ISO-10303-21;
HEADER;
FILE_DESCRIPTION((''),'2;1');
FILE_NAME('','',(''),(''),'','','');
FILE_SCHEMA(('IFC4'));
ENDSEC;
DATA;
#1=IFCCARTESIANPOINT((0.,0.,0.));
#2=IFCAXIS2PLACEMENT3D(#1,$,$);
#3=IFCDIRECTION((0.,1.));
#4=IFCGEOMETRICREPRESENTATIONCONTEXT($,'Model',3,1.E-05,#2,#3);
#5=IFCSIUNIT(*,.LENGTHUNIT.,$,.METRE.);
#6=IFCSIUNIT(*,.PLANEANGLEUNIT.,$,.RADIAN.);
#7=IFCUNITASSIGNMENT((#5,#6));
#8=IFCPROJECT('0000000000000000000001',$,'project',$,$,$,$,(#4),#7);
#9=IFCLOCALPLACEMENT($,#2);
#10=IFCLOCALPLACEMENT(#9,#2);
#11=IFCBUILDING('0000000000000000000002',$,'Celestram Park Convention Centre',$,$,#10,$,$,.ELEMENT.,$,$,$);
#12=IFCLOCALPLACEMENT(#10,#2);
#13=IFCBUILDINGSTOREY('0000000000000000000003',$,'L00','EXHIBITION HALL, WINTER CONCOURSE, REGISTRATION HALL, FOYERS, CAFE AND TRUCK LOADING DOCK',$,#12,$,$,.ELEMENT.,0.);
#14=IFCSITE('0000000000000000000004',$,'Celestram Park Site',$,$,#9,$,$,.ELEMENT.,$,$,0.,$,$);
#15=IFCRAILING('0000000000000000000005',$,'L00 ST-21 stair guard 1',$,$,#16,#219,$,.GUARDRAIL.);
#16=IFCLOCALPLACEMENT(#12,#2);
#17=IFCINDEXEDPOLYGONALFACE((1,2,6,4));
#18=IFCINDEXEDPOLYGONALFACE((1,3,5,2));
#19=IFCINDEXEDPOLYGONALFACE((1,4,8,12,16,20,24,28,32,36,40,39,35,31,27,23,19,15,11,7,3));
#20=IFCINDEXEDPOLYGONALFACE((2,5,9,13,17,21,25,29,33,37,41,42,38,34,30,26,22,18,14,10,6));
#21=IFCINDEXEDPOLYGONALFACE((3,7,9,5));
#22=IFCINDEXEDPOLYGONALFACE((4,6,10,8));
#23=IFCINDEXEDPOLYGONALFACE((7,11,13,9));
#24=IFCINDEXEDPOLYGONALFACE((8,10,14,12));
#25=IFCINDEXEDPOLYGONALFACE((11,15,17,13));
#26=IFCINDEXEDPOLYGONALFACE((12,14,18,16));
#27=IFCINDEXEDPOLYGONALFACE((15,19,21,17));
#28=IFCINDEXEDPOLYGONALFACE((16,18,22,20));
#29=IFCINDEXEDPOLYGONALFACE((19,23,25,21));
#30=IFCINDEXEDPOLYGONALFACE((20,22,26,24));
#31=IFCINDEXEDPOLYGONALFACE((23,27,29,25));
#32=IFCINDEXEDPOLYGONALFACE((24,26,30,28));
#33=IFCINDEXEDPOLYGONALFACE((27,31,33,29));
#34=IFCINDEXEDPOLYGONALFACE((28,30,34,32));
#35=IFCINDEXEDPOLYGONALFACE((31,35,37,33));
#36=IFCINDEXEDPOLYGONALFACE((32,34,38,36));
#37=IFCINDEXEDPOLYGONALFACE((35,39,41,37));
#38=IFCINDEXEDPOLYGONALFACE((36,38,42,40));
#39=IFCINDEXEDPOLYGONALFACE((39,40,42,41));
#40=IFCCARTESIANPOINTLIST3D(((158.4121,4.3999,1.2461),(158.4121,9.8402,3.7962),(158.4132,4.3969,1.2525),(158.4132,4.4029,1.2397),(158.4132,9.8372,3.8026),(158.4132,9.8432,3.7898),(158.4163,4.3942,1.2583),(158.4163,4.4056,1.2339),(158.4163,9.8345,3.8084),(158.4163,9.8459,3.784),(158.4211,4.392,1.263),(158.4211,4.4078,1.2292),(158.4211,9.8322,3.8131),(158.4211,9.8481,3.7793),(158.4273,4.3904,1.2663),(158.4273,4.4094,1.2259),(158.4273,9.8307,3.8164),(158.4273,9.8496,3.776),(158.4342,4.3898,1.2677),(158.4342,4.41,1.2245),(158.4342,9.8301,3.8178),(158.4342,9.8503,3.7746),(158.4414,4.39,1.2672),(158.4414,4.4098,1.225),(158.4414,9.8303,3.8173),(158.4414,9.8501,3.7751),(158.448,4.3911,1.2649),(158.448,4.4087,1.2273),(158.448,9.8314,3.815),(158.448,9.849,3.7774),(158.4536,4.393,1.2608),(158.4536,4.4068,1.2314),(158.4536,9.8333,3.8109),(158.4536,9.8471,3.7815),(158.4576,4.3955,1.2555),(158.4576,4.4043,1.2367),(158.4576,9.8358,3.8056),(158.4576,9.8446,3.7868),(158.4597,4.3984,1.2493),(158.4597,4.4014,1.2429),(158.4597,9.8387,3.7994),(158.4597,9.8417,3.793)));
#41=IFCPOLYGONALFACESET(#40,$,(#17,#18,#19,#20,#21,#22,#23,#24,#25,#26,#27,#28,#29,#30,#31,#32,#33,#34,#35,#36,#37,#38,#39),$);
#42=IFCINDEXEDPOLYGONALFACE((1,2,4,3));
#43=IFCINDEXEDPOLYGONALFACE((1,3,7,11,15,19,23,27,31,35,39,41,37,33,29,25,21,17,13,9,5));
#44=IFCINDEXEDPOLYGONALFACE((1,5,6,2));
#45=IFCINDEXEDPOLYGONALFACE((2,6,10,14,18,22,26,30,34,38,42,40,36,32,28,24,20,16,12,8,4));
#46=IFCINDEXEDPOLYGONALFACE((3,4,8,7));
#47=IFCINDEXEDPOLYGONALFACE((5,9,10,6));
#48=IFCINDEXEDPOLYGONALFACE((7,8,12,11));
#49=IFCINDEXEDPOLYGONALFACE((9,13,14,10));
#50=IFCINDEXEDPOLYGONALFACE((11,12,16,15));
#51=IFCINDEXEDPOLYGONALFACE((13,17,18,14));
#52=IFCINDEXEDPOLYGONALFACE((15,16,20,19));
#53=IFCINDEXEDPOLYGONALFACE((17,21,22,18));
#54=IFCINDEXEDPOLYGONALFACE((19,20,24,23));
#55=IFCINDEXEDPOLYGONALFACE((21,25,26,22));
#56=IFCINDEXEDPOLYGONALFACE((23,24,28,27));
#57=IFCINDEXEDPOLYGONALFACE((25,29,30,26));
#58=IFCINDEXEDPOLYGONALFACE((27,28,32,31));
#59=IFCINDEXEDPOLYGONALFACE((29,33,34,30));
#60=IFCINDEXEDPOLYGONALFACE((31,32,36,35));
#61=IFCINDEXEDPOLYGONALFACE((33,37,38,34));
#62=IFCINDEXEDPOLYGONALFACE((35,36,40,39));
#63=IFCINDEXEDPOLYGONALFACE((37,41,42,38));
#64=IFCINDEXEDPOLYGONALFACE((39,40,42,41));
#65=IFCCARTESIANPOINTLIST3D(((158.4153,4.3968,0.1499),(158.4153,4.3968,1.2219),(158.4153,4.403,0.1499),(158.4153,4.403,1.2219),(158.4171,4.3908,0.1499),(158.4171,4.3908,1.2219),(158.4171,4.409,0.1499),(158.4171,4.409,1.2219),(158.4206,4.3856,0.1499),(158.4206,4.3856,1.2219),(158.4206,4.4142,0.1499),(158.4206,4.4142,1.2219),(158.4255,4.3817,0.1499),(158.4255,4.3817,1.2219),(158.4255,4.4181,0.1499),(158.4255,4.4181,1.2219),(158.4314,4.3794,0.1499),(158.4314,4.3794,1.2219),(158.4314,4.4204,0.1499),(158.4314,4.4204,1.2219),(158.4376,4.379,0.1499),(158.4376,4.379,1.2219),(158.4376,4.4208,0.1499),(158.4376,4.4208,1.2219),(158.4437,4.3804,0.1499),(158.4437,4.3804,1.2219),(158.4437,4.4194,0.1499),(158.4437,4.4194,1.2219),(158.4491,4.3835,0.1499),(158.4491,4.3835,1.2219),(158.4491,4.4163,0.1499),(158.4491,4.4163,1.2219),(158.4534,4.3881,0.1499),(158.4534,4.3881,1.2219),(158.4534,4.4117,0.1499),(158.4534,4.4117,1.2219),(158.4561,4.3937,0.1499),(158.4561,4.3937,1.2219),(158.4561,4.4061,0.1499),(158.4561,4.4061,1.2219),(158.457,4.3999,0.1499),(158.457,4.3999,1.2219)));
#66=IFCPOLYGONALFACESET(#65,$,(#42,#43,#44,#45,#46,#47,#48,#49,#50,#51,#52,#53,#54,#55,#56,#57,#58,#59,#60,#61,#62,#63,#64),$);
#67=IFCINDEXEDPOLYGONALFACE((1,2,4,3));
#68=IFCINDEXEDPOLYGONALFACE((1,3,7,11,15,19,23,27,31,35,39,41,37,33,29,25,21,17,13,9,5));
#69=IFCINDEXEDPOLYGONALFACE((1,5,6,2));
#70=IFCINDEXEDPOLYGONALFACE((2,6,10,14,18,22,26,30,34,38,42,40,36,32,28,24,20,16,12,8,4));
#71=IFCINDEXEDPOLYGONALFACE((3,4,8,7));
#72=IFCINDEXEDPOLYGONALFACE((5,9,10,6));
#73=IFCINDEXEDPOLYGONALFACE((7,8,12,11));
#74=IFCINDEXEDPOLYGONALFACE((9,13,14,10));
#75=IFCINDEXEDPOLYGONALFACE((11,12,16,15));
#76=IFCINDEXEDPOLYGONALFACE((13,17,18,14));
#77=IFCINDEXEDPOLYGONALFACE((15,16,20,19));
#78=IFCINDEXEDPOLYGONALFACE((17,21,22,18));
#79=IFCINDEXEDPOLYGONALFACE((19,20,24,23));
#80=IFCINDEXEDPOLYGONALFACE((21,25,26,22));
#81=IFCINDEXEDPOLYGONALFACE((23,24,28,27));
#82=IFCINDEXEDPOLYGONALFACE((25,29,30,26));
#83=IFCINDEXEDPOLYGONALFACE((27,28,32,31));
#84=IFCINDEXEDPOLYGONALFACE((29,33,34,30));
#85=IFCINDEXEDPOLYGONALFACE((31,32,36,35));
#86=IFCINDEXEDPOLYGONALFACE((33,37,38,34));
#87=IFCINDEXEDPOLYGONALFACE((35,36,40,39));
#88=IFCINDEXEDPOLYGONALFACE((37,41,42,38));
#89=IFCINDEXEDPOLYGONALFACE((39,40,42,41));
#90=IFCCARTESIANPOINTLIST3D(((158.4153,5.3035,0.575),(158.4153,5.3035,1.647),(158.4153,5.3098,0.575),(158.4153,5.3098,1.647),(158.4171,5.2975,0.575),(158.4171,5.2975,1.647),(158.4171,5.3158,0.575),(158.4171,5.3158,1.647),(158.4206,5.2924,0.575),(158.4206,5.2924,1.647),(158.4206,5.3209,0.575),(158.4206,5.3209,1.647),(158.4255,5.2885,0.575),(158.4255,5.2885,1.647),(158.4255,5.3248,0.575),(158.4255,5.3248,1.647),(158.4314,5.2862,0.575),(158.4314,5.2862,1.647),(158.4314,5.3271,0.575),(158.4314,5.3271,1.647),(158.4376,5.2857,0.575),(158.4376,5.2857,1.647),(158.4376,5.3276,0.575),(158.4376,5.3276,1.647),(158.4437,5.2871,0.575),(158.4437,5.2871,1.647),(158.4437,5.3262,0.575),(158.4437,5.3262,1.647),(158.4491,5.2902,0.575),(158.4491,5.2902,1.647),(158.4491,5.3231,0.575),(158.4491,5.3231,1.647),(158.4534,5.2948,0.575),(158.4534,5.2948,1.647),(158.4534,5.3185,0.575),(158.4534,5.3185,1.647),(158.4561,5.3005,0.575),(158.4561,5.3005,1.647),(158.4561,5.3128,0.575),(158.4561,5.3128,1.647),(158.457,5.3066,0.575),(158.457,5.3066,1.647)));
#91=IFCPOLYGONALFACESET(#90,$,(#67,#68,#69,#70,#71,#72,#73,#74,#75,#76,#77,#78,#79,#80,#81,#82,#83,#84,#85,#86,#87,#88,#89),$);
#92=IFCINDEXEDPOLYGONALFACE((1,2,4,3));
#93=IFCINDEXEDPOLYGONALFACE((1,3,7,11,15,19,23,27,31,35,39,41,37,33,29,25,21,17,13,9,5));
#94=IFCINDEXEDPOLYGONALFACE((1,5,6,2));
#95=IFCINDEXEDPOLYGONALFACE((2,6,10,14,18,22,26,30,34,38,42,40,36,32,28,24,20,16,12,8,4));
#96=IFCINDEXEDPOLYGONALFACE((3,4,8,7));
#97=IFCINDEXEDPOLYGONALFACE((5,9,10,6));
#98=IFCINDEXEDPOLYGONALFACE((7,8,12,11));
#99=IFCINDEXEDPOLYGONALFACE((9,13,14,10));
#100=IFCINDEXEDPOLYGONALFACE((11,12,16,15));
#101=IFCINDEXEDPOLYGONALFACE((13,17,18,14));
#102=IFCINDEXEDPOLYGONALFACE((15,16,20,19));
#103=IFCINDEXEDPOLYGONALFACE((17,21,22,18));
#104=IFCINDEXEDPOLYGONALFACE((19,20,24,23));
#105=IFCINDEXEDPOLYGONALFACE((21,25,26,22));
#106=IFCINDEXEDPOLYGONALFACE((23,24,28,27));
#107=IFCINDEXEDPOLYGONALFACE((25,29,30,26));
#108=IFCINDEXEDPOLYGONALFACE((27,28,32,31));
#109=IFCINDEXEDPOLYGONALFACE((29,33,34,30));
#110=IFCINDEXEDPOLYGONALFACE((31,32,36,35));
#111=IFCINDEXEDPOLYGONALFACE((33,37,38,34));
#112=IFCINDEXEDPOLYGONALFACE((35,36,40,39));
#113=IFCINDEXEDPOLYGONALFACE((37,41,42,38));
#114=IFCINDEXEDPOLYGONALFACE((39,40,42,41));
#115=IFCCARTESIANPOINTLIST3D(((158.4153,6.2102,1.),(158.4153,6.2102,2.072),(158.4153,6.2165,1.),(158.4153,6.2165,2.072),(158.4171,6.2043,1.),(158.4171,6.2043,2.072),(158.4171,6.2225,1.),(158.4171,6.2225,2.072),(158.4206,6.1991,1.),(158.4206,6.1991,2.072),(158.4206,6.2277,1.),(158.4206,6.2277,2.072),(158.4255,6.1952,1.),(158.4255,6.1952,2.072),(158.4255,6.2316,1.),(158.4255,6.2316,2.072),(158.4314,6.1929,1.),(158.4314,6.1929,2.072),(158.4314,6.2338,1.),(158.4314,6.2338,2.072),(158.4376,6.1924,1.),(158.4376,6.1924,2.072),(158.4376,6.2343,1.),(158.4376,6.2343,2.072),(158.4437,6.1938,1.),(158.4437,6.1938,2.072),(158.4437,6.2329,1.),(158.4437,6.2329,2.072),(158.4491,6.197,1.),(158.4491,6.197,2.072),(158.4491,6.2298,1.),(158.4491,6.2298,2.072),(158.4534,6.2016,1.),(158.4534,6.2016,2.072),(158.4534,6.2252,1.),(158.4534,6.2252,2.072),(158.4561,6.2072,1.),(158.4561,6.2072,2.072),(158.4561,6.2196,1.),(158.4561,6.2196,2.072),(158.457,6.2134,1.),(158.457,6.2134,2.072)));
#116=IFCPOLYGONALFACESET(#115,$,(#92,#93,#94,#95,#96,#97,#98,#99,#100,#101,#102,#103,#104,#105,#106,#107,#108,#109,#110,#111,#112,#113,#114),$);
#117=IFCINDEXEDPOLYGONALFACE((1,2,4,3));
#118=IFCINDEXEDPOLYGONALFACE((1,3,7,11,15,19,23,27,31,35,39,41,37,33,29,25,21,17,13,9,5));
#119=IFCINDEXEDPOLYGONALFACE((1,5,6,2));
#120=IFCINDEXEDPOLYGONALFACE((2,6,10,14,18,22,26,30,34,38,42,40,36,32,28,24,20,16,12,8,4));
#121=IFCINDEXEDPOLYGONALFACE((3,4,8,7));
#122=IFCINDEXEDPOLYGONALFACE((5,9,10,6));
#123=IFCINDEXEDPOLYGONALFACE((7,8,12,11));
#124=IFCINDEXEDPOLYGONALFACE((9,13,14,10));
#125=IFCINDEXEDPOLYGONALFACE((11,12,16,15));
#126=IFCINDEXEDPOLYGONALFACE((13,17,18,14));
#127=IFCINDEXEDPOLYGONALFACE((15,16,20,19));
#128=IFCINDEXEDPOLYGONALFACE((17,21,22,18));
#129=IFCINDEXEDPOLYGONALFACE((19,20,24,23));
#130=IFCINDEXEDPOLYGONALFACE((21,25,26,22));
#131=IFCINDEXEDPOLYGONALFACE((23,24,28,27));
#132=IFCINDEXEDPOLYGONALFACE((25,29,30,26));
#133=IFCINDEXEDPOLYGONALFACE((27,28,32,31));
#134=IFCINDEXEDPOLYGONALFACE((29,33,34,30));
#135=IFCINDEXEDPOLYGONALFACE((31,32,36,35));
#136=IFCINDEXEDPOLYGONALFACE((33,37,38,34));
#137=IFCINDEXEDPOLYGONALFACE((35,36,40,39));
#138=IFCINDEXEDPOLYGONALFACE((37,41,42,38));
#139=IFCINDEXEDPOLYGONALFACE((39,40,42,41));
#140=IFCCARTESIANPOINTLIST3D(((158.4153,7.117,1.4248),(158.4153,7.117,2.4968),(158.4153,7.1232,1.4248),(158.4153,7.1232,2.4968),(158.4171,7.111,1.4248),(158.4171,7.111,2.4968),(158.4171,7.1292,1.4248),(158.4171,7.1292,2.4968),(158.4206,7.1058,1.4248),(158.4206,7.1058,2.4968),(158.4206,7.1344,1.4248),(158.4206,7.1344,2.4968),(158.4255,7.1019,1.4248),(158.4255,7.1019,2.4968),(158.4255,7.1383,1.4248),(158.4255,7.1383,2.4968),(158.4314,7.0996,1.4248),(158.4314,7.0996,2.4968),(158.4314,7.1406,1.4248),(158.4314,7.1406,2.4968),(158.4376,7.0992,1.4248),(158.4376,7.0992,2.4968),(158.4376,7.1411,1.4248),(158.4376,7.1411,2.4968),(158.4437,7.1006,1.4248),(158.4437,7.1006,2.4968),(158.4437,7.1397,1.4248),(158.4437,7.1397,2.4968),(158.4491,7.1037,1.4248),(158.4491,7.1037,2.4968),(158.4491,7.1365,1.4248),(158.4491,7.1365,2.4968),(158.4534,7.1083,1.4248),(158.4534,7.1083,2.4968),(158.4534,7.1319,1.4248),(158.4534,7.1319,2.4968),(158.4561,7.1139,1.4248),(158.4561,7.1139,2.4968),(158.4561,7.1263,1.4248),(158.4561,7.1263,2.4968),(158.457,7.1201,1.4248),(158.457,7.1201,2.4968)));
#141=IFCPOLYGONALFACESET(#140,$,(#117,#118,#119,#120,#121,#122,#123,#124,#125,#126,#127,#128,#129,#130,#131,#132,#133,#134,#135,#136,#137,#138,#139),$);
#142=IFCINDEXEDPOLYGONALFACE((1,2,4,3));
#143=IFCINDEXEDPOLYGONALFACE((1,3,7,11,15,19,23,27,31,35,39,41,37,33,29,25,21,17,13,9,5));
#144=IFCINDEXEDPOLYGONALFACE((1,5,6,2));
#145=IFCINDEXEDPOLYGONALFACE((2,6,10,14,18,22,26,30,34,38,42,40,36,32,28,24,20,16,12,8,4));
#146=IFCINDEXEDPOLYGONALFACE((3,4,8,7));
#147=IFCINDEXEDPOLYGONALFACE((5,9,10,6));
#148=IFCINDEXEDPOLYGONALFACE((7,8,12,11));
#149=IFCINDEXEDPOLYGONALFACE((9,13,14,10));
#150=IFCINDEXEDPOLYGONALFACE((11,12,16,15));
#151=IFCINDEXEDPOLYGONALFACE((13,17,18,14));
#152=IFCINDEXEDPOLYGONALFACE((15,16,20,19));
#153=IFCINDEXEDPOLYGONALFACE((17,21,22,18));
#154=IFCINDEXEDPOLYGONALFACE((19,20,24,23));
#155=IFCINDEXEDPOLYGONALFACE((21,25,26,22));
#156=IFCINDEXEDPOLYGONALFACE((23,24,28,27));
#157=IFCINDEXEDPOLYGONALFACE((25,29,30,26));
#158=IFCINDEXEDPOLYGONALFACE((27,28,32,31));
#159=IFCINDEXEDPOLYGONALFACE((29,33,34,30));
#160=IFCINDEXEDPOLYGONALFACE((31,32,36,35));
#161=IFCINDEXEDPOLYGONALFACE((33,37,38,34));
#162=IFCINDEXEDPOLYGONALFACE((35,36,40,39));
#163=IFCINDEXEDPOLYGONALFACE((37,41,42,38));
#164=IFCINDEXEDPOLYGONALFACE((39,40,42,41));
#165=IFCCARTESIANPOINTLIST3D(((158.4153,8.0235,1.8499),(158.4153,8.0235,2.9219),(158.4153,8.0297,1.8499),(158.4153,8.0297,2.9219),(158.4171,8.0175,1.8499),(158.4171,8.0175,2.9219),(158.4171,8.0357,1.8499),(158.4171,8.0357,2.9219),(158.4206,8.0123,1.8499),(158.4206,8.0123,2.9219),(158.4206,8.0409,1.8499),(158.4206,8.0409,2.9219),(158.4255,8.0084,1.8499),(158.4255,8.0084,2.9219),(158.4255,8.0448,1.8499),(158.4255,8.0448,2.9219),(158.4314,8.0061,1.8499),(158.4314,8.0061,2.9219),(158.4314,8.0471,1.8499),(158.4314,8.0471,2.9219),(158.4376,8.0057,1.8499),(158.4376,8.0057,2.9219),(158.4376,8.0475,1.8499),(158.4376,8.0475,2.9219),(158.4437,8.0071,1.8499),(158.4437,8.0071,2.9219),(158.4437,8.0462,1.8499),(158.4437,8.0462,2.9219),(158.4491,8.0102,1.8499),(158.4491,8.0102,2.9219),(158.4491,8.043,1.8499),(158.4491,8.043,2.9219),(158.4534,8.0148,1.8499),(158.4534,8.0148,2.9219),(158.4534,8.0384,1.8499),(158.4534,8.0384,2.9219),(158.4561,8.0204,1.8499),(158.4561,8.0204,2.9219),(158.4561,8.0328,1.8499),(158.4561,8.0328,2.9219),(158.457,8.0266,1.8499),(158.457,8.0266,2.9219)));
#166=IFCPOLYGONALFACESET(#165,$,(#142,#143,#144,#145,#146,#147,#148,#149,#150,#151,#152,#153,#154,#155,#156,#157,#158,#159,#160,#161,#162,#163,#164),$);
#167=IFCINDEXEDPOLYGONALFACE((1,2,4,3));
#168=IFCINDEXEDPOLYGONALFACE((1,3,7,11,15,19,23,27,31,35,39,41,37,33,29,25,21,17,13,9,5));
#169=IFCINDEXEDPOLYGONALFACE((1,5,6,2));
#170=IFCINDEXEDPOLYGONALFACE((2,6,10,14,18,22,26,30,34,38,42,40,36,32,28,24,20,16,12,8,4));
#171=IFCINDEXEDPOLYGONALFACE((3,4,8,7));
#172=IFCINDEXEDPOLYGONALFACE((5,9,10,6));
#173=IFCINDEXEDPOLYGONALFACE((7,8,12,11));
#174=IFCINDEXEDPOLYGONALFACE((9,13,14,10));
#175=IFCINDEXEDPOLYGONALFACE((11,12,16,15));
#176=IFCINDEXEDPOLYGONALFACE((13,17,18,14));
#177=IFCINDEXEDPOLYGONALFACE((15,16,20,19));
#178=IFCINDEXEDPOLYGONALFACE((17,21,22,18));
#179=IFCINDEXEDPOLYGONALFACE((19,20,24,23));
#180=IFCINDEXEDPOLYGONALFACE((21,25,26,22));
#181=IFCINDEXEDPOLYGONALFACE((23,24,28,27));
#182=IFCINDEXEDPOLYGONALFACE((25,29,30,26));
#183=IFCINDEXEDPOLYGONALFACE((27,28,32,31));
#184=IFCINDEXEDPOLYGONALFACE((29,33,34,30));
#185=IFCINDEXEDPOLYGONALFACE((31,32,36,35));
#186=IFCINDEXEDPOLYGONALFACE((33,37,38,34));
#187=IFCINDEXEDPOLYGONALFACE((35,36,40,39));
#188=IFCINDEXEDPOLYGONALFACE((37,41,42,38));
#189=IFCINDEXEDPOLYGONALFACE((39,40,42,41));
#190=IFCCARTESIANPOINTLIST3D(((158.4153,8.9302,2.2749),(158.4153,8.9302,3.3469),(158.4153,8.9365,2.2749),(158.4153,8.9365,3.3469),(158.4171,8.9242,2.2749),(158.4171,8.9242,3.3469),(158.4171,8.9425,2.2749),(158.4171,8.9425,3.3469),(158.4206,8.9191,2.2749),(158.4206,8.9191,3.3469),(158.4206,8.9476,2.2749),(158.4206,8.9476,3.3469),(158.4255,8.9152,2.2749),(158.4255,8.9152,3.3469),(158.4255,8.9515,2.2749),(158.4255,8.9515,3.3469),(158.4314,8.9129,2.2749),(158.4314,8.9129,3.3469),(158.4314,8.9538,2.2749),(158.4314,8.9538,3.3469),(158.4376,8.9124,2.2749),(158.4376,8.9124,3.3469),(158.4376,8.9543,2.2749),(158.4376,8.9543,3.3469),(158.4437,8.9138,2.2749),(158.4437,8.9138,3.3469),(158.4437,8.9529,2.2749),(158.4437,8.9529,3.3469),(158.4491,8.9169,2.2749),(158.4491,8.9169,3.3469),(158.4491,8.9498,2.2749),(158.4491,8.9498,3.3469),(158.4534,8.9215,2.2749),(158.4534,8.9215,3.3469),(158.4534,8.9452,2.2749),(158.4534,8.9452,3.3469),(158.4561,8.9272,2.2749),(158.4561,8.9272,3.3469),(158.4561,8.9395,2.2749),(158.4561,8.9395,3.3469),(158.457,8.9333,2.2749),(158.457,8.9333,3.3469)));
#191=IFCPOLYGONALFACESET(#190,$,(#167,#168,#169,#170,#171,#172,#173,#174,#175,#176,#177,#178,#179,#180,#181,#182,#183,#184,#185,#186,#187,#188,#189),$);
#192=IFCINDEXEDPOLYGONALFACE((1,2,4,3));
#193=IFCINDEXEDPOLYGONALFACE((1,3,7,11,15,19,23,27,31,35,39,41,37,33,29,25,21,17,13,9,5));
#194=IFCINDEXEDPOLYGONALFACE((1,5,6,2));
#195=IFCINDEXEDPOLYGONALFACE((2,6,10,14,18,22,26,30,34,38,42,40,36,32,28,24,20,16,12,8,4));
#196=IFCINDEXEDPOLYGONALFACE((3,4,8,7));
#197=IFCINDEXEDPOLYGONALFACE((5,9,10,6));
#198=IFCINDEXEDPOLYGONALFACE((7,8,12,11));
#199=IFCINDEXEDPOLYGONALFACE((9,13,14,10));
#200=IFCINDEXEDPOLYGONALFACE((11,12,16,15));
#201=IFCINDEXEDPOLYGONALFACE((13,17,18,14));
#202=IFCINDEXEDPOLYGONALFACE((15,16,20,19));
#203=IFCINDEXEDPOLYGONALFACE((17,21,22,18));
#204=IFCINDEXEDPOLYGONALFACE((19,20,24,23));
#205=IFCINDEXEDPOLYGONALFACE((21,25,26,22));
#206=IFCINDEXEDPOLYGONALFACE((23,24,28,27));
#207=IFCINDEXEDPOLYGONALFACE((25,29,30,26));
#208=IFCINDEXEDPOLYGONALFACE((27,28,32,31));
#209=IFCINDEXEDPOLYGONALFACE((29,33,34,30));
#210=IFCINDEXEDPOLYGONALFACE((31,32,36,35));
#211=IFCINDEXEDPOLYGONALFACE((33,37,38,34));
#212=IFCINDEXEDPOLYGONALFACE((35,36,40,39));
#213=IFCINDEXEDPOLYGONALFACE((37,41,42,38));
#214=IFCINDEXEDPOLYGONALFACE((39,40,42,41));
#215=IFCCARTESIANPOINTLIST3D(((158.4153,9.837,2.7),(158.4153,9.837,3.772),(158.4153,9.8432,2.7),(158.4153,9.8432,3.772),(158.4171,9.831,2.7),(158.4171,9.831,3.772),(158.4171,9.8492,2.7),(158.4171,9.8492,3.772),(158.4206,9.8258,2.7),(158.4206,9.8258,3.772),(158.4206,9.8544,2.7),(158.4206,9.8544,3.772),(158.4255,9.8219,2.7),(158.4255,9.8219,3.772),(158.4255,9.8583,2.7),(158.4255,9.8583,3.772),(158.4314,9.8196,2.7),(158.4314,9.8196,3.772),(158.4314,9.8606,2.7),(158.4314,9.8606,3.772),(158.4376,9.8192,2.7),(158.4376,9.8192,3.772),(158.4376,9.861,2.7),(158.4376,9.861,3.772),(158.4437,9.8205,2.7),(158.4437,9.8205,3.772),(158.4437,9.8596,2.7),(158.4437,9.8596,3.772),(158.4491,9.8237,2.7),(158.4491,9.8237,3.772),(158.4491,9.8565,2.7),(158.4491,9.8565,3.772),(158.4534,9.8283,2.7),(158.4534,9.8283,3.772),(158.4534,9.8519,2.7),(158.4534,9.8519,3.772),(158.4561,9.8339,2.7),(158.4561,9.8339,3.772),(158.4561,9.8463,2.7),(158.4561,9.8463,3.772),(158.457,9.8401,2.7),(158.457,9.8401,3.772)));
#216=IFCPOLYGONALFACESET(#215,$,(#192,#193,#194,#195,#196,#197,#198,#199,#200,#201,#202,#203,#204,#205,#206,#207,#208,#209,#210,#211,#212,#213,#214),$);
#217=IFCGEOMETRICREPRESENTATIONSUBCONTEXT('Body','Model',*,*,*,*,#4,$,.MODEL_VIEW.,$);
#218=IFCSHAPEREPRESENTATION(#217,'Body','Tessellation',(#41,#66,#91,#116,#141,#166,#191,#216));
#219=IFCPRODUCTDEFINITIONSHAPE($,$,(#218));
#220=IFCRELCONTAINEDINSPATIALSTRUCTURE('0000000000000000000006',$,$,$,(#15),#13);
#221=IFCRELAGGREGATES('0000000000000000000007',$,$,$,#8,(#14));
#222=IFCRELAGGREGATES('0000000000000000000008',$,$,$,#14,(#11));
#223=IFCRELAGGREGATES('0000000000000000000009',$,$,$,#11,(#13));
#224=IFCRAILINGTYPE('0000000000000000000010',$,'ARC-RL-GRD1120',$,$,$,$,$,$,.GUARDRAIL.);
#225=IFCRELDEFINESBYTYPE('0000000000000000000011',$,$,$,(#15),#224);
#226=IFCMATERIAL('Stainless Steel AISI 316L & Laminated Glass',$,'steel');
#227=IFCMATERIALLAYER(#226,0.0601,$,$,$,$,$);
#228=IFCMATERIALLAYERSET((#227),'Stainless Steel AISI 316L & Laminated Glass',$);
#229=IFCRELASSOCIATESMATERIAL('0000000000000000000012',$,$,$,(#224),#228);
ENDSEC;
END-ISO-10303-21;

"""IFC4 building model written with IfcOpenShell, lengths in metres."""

from ifc_helpers import new_model, si_unit, direction, frame, origin, origin_2d, place, context, subcontext, project, spatial, circle, extrude, material, layer, layer_set, type_object, element, save


model = new_model("IFC4")

# Units and contexts
model_context = context("Model", 3, precision=1e-05, world=origin(), true_north=direction((0.0, 1.0)))
body_context = subcontext(model_context, "Body", "Model", "MODEL_VIEW")
ifc_project = project(units=[si_unit("LENGTHUNIT", "METRE"), si_unit("PLANEANGLEUNIT", "RADIAN")], contexts=[model_context])

# Site, building, storey
site_placement = place(None, origin())
site = spatial("IfcSite", under=ifc_project, at=site_placement, Name="Celestram Park Site", CompositionType="ELEMENT", RefElevation=0.0)
building_placement = place(site_placement, origin())
building = spatial("IfcBuilding", under=site, at=building_placement, Name="Celestram Park Convention Centre", CompositionType="ELEMENT")
storey_placement = place(building_placement, origin())
storey = spatial("IfcBuildingStorey", under=building, at=storey_placement, Name="L00", Description="EXHIBITION HALL, WINTER CONCOURSE, REGISTRATION HALL, FOYERS, CAFE AND TRUCK LOADING DOCK", CompositionType="ELEMENT", Elevation=0.0)

# Railing
ifc_material_1 = material(Name="Stainless Steel AISI 316L & Laminated Glass", Category="steel")
ifc_layer_1 = layer(ifc_material_1, 0.0601)
ifc_layer_set_1 = layer_set([ifc_layer_1], Name="Stainless Steel AISI 316L & Laminated Glass")
railing_type_1 = type_object("IfcRailingType", Name="ARC-RL-GRD1120", PredefinedType="GUARDRAIL", material=ifc_layer_set_1)
railing_1_placement = place(storey_placement, frame((158.436, 4.3999, 0.1499)))
element("IfcRailing", 1, at=railing_1_placement, inside=storey, type_object=railing_type_1, Name="L00 ST-21 stair guard 1", PredefinedType="GUARDRAIL", context=body_context, shape_type="SweptSolid", body=[
    extrude(circle(Radius=0.0239, at=origin_2d()), frame((0.0, 0.0, 1.0962), z_axis=(0.0, 0.905461, 0.424429), x_axis=(-1.0, 0.0, 0.0)), (0.0, 0.0, 1.0), 6.0083),
    extrude(circle(Radius=0.021, at=origin_2d()), origin(), (0.0, 0.0, 1.0), 1.072),
    extrude(circle(Radius=0.021, at=origin_2d()), frame((0.0, 0.9067, 0.425)), (0.0, 0.0, 1.0), 1.072),
    extrude(circle(Radius=0.021, at=origin_2d()), frame((0.0, 1.8135, 0.8501)), (0.0, 0.0, 1.0), 1.072),
    extrude(circle(Radius=0.021, at=origin_2d()), frame((0.0, 2.7202, 1.2749)), (0.0, 0.0, 1.0), 1.072),
    extrude(circle(Radius=0.021, at=origin_2d()), frame((0.0, 3.6267, 1.7)), (0.0, 0.0, 1.0), 1.072),
    extrude(circle(Radius=0.021, at=origin_2d()), frame((0.0, 4.5334, 2.125)), (0.0, 0.0, 1.0), 1.072),
    extrude(circle(Radius=0.021, at=origin_2d()), frame((0.0, 5.4402, 2.55)), (0.0, 0.0, 1.0), 1.072),
])

save(model, "model.ifc")
